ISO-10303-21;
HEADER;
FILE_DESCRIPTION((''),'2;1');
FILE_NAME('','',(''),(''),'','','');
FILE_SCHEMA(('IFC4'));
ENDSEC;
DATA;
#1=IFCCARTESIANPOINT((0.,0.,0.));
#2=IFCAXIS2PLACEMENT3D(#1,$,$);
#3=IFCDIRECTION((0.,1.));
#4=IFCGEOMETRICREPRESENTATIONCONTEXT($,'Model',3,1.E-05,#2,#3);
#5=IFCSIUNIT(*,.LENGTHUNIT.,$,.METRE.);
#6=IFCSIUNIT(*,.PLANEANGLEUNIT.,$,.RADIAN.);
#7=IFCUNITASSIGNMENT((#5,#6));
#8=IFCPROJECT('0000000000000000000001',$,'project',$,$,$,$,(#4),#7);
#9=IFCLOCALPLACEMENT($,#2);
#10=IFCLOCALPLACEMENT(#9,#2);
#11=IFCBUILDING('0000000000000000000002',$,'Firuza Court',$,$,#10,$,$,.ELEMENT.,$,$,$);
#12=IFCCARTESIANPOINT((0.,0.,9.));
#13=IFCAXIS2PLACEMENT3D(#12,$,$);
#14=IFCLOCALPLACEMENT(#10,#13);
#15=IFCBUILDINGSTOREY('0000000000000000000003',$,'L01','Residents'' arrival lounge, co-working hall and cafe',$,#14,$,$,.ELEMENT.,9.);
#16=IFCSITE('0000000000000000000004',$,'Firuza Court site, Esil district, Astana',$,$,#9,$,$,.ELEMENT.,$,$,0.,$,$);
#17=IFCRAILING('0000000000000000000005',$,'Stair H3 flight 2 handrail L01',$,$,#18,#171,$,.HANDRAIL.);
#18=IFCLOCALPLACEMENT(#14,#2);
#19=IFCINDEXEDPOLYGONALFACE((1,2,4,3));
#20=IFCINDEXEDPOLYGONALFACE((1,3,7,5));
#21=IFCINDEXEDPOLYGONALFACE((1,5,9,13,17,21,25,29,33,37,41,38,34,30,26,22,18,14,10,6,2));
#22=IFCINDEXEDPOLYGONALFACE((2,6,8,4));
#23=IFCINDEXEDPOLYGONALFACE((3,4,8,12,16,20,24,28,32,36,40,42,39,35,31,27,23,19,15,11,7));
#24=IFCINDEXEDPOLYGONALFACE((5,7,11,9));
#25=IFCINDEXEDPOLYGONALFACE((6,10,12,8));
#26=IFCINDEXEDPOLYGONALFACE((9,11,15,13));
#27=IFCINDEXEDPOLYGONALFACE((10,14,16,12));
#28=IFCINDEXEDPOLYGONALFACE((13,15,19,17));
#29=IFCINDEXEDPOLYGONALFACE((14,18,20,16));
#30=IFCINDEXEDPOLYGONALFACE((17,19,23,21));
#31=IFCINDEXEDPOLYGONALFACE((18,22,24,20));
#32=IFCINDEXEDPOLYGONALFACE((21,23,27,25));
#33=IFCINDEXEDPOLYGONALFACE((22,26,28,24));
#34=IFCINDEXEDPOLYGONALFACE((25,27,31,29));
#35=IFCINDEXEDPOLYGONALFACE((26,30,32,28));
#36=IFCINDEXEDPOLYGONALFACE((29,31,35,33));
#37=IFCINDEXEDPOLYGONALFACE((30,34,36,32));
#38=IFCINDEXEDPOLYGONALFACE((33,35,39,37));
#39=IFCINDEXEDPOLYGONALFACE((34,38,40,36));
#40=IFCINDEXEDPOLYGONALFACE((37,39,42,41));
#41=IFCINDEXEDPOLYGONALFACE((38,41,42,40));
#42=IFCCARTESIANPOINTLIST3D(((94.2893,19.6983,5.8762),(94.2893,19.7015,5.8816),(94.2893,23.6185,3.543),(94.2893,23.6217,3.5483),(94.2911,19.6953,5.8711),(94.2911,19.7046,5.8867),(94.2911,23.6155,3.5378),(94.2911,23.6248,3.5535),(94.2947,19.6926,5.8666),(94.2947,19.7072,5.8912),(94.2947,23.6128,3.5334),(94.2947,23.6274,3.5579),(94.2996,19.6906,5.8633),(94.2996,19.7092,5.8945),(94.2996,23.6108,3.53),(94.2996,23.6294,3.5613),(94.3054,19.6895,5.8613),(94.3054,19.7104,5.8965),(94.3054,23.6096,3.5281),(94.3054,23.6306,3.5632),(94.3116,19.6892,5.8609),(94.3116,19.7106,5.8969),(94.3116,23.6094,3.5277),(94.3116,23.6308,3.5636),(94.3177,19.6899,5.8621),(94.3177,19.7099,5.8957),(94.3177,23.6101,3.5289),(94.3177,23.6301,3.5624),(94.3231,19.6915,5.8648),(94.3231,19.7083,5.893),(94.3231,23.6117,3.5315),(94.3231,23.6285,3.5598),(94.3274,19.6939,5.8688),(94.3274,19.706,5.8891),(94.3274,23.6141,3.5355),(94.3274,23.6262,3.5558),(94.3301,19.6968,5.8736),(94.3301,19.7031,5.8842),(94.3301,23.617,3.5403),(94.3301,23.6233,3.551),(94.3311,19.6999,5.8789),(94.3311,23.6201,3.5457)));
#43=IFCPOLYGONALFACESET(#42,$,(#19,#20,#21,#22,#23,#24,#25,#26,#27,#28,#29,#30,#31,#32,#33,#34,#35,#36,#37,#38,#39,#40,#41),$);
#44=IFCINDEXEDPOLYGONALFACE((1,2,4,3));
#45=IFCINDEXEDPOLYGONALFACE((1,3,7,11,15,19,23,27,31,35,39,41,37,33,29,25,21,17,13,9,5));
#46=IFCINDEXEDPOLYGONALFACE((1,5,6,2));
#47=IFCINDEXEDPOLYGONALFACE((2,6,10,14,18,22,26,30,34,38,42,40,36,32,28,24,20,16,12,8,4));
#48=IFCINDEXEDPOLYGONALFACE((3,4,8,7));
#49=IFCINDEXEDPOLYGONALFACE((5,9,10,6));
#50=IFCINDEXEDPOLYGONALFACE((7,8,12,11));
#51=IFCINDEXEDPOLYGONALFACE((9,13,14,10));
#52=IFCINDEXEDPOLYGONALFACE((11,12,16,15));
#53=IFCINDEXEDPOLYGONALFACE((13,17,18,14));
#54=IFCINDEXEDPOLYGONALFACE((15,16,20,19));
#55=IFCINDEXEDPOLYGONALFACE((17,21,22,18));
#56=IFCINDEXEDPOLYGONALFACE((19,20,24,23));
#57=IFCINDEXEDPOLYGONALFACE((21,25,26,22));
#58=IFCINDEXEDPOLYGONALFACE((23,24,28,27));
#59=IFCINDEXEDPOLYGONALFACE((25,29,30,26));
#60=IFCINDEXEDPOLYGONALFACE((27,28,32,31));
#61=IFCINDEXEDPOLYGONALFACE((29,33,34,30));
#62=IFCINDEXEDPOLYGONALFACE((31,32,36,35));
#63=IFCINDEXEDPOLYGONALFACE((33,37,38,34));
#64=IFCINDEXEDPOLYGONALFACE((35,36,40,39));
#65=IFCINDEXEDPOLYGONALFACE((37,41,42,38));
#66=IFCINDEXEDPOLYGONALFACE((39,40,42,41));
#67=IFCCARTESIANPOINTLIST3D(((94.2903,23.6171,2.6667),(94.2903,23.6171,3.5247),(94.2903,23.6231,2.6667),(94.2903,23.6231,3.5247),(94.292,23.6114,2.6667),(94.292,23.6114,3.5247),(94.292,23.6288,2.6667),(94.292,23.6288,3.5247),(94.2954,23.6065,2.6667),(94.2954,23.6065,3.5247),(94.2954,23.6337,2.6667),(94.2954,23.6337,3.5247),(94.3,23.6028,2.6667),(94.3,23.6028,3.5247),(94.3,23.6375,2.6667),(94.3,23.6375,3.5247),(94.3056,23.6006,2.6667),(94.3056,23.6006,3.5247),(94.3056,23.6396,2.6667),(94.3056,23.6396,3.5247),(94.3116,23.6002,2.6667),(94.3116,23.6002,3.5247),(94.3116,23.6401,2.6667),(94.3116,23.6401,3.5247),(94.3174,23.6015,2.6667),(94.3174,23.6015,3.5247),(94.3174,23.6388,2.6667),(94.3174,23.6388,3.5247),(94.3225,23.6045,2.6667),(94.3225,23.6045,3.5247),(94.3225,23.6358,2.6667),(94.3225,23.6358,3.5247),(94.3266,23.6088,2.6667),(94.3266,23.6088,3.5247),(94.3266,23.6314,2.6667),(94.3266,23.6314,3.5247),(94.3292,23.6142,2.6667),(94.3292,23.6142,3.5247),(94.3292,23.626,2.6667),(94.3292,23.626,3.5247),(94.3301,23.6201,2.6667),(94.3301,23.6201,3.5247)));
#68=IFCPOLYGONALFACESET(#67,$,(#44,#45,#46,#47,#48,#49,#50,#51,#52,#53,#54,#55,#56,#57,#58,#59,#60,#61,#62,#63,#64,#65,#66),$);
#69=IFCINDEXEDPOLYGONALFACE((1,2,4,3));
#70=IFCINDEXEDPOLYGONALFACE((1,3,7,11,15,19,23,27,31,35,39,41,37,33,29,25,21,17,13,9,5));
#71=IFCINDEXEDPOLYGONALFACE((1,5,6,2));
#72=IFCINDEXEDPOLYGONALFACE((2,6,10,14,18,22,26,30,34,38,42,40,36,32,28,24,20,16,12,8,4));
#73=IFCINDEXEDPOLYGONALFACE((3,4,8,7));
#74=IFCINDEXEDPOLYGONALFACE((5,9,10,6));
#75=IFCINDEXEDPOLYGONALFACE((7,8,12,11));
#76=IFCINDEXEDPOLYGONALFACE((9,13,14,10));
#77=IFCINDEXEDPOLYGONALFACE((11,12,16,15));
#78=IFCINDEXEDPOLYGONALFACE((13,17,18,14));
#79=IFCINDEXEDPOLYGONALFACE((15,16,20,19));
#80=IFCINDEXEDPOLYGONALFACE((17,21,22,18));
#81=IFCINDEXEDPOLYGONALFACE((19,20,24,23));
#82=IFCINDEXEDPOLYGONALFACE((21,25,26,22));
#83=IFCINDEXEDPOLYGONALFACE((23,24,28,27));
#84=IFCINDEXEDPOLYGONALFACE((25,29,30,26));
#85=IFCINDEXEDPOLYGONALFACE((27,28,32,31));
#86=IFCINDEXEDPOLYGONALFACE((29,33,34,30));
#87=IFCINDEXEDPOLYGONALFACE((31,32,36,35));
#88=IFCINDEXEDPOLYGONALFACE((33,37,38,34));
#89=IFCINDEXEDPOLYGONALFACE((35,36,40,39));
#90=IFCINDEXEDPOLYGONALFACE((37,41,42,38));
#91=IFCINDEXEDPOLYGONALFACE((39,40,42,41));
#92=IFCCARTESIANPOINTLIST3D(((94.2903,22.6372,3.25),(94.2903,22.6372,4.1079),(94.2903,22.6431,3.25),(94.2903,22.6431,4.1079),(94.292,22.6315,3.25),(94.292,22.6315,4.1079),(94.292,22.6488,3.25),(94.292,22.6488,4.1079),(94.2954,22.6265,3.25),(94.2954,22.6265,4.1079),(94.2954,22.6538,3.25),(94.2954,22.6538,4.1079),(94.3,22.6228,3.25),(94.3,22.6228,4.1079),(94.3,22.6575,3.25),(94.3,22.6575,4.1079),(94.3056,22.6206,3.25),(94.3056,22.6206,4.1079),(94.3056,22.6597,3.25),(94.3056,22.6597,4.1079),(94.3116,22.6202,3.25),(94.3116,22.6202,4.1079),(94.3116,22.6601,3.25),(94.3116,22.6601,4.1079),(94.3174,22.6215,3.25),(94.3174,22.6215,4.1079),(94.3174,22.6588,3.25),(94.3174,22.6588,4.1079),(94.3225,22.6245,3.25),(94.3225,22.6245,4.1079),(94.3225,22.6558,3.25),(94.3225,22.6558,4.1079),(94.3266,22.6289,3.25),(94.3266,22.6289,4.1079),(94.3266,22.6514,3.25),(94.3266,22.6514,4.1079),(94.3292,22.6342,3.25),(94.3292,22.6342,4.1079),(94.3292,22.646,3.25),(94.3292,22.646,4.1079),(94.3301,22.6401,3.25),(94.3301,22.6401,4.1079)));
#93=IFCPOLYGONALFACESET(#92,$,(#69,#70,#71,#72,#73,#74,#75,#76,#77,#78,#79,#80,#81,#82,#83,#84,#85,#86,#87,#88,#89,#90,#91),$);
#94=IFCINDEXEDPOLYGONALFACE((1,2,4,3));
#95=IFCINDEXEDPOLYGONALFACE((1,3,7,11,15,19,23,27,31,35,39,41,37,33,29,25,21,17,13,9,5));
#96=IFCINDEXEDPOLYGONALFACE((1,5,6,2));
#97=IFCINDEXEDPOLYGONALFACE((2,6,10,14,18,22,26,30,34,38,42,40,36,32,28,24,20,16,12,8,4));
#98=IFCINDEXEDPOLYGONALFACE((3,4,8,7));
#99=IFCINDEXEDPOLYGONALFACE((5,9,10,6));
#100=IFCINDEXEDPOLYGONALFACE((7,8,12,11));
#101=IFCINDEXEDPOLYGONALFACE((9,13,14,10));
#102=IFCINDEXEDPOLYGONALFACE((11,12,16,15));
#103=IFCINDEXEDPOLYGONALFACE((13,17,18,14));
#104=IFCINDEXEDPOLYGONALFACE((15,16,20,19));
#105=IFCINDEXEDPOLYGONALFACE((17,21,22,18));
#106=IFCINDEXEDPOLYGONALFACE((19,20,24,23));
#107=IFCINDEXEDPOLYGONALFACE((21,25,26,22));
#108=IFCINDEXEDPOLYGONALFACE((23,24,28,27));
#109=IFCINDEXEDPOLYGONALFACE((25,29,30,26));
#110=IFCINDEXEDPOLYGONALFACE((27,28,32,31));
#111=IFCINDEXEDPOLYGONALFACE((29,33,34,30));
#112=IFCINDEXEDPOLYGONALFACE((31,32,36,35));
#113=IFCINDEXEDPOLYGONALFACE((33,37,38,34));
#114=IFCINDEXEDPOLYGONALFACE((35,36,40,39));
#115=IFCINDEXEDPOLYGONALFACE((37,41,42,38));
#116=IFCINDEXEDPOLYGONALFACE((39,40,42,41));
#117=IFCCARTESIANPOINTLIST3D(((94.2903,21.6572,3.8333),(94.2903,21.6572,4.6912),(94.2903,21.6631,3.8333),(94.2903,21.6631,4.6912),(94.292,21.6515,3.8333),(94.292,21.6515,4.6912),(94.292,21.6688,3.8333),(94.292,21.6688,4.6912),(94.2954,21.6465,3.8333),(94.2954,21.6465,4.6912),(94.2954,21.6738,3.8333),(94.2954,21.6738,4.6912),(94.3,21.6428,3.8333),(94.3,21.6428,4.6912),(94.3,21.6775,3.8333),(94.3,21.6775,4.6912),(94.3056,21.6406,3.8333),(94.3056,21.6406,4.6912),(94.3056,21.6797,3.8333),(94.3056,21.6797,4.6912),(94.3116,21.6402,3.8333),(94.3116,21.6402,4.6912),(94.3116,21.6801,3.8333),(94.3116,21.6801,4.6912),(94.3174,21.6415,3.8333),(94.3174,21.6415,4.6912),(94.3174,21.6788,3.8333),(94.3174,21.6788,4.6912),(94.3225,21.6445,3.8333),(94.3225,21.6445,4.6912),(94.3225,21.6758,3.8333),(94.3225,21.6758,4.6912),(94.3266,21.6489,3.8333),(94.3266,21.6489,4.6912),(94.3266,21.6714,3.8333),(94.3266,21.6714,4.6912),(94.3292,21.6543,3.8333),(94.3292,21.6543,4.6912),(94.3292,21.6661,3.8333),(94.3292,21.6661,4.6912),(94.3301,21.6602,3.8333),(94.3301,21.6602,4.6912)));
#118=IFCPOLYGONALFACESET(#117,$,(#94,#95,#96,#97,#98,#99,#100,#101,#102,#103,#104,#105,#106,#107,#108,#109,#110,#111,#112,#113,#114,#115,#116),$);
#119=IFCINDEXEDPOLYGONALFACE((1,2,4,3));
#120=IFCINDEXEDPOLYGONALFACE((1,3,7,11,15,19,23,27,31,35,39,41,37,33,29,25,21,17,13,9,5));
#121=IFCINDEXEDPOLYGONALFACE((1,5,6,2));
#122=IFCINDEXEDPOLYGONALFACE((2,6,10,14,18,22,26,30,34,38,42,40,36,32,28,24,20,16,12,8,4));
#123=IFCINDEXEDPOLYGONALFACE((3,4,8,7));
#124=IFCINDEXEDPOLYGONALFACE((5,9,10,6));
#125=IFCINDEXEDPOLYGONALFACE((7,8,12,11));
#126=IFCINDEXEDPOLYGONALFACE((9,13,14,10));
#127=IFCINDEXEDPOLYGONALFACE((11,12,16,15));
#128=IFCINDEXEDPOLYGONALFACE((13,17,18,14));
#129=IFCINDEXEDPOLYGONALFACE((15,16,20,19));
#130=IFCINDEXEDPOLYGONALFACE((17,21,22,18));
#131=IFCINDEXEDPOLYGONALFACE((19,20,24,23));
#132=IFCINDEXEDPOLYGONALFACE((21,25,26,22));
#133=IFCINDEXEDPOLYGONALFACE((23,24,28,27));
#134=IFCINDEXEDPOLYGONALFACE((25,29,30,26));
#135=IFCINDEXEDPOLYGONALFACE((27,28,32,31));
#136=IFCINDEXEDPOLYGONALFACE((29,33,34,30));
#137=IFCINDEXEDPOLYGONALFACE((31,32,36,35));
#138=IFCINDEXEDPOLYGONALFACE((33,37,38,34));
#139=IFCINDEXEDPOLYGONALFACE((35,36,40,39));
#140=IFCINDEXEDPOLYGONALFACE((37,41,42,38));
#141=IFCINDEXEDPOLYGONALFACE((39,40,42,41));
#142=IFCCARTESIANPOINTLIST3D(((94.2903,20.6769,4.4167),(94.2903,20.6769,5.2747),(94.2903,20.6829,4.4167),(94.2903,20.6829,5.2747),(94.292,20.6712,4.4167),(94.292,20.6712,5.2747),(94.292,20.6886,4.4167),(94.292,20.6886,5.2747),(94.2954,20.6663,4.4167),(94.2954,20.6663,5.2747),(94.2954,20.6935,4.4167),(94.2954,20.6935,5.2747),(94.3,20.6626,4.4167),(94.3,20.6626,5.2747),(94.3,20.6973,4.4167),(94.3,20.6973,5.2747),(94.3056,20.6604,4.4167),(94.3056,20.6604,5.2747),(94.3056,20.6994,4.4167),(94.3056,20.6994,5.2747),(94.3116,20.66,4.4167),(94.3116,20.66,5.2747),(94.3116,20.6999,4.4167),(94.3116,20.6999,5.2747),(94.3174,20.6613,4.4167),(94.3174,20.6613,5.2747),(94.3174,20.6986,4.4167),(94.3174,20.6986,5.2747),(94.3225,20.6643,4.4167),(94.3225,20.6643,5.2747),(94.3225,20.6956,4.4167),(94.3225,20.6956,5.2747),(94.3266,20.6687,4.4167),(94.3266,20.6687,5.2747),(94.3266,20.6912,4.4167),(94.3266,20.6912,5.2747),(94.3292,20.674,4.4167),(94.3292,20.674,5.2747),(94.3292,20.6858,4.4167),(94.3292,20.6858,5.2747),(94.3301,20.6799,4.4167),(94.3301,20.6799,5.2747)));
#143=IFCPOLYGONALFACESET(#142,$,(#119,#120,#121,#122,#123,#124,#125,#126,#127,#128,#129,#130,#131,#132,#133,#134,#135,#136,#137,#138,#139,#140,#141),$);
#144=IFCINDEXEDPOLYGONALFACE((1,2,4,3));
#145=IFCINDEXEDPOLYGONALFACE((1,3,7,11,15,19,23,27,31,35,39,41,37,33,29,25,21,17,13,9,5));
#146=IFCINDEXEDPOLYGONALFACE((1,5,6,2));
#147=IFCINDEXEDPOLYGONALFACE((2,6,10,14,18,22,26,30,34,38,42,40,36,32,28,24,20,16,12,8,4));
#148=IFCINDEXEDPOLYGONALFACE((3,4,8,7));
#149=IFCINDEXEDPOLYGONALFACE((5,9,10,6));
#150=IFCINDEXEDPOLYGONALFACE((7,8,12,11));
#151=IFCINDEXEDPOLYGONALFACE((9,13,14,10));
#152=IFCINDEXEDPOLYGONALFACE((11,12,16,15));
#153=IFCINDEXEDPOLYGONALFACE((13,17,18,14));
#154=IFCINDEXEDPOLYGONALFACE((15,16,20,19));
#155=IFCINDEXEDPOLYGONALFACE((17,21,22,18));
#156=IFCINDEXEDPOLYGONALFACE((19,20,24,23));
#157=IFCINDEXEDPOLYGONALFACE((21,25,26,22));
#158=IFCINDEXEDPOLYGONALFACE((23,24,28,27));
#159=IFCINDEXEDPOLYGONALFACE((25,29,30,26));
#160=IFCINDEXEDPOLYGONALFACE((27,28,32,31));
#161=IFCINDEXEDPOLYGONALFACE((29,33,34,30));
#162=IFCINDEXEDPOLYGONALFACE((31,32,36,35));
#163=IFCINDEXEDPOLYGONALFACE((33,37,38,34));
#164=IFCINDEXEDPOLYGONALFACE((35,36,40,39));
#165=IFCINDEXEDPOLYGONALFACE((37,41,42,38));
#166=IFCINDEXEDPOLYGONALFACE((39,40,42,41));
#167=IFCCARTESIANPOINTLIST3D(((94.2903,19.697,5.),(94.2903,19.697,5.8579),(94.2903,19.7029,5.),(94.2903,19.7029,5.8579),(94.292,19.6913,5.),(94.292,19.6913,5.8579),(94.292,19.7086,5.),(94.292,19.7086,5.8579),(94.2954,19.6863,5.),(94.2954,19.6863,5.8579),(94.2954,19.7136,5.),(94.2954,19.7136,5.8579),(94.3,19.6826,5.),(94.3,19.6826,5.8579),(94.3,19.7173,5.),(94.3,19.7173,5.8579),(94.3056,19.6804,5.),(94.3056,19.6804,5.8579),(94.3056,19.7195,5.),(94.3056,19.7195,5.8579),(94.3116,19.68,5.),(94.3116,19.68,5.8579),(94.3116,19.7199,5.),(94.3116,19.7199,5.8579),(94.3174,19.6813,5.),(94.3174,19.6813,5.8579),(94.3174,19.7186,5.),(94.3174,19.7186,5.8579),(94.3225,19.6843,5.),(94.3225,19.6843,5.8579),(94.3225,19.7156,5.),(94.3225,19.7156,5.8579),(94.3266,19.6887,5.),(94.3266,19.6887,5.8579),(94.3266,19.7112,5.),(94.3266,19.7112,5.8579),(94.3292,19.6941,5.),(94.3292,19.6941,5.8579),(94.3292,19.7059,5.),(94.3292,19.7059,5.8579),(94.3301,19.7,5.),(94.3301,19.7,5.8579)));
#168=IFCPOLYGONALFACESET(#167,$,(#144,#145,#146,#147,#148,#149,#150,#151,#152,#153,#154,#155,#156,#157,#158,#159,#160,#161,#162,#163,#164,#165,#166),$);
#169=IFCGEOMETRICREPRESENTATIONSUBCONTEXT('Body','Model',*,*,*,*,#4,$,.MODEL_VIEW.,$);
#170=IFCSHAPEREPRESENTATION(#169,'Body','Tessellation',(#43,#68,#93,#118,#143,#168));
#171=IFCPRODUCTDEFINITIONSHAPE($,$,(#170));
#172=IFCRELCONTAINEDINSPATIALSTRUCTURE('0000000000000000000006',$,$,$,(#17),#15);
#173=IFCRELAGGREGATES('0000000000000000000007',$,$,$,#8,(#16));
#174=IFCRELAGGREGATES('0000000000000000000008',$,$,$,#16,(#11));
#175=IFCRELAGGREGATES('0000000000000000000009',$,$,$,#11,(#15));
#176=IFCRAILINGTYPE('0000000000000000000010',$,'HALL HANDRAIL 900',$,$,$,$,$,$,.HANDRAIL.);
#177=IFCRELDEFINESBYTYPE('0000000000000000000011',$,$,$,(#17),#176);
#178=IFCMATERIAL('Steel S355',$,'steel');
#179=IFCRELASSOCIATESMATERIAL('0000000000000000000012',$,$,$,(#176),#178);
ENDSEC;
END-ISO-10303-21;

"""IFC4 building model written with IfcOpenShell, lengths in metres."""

from ifc_helpers import new_model, si_unit, direction, frame, origin, origin_2d, place, context, subcontext, project, spatial, circle, extrude, material, type_object, element, save


model = new_model("IFC4")

# Units and contexts
model_context = context("Model", 3, precision=1e-05, world=origin(), true_north=direction((0.0, 1.0)))
body_context = subcontext(model_context, "Body", "Model", "MODEL_VIEW")
ifc_project = project(units=[si_unit("LENGTHUNIT", "METRE"), si_unit("PLANEANGLEUNIT", "RADIAN")], contexts=[model_context])

# Site, building, storey
site_placement = place(None, origin())
site = spatial("IfcSite", under=ifc_project, at=site_placement, Name="Firuza Court site, Esil district, Astana", CompositionType="ELEMENT", RefElevation=0.0)
building_placement = place(site_placement, origin())
building = spatial("IfcBuilding", under=site, at=building_placement, Name="Firuza Court", CompositionType="ELEMENT")
storey_placement = place(building_placement, frame((0.0, 0.0, 9.0)))
storey = spatial("IfcBuildingStorey", under=building, at=storey_placement, Name="L01", Description="Residents' arrival lounge, co-working hall and cafe", CompositionType="ELEMENT", Elevation=9.0)

# Railing
ifc_material_1 = material(Name="Steel S355", Category="steel")
railing_type_1 = type_object("IfcRailingType", Name="HALL HANDRAIL 900", PredefinedType="HANDRAIL", material=ifc_material_1)
railing_1_placement = place(storey_placement, frame((94.3101, 23.6201, 2.6667)))
element("IfcRailing", 1, at=railing_1_placement, inside=storey, type_object=railing_type_1, Name="Stair H3 flight 2 handrail L01", PredefinedType="HANDRAIL", context=body_context, shape_type="SweptSolid", body=[
    extrude(circle(Radius=0.021, at=origin_2d()), frame((0.0, 0.0, 0.8789), z_axis=(0.0, -0.85931, 0.511455), x_axis=(1.0, 0.0, 0.0)), (0.0, 0.0, 1.0), 4.562),
    extrude(circle(Radius=0.02, at=origin_2d()), origin(), (0.0, 0.0, 1.0), 0.8579),
    extrude(circle(Radius=0.02, at=origin_2d()), frame((0.0, -0.98, 0.5833)), (0.0, 0.0, 1.0), 0.8579),
    extrude(circle(Radius=0.02, at=origin_2d()), frame((0.0, -1.96, 1.1665)), (0.0, 0.0, 1.0), 0.8579),
    extrude(circle(Radius=0.02, at=origin_2d()), frame((0.0, -2.9402, 1.75)), (0.0, 0.0, 1.0), 0.8579),
    extrude(circle(Radius=0.02, at=origin_2d()), frame((0.0, -3.9202, 2.3333)), (0.0, 0.0, 1.0), 0.8579),
])

save(model, "model.ifc")
